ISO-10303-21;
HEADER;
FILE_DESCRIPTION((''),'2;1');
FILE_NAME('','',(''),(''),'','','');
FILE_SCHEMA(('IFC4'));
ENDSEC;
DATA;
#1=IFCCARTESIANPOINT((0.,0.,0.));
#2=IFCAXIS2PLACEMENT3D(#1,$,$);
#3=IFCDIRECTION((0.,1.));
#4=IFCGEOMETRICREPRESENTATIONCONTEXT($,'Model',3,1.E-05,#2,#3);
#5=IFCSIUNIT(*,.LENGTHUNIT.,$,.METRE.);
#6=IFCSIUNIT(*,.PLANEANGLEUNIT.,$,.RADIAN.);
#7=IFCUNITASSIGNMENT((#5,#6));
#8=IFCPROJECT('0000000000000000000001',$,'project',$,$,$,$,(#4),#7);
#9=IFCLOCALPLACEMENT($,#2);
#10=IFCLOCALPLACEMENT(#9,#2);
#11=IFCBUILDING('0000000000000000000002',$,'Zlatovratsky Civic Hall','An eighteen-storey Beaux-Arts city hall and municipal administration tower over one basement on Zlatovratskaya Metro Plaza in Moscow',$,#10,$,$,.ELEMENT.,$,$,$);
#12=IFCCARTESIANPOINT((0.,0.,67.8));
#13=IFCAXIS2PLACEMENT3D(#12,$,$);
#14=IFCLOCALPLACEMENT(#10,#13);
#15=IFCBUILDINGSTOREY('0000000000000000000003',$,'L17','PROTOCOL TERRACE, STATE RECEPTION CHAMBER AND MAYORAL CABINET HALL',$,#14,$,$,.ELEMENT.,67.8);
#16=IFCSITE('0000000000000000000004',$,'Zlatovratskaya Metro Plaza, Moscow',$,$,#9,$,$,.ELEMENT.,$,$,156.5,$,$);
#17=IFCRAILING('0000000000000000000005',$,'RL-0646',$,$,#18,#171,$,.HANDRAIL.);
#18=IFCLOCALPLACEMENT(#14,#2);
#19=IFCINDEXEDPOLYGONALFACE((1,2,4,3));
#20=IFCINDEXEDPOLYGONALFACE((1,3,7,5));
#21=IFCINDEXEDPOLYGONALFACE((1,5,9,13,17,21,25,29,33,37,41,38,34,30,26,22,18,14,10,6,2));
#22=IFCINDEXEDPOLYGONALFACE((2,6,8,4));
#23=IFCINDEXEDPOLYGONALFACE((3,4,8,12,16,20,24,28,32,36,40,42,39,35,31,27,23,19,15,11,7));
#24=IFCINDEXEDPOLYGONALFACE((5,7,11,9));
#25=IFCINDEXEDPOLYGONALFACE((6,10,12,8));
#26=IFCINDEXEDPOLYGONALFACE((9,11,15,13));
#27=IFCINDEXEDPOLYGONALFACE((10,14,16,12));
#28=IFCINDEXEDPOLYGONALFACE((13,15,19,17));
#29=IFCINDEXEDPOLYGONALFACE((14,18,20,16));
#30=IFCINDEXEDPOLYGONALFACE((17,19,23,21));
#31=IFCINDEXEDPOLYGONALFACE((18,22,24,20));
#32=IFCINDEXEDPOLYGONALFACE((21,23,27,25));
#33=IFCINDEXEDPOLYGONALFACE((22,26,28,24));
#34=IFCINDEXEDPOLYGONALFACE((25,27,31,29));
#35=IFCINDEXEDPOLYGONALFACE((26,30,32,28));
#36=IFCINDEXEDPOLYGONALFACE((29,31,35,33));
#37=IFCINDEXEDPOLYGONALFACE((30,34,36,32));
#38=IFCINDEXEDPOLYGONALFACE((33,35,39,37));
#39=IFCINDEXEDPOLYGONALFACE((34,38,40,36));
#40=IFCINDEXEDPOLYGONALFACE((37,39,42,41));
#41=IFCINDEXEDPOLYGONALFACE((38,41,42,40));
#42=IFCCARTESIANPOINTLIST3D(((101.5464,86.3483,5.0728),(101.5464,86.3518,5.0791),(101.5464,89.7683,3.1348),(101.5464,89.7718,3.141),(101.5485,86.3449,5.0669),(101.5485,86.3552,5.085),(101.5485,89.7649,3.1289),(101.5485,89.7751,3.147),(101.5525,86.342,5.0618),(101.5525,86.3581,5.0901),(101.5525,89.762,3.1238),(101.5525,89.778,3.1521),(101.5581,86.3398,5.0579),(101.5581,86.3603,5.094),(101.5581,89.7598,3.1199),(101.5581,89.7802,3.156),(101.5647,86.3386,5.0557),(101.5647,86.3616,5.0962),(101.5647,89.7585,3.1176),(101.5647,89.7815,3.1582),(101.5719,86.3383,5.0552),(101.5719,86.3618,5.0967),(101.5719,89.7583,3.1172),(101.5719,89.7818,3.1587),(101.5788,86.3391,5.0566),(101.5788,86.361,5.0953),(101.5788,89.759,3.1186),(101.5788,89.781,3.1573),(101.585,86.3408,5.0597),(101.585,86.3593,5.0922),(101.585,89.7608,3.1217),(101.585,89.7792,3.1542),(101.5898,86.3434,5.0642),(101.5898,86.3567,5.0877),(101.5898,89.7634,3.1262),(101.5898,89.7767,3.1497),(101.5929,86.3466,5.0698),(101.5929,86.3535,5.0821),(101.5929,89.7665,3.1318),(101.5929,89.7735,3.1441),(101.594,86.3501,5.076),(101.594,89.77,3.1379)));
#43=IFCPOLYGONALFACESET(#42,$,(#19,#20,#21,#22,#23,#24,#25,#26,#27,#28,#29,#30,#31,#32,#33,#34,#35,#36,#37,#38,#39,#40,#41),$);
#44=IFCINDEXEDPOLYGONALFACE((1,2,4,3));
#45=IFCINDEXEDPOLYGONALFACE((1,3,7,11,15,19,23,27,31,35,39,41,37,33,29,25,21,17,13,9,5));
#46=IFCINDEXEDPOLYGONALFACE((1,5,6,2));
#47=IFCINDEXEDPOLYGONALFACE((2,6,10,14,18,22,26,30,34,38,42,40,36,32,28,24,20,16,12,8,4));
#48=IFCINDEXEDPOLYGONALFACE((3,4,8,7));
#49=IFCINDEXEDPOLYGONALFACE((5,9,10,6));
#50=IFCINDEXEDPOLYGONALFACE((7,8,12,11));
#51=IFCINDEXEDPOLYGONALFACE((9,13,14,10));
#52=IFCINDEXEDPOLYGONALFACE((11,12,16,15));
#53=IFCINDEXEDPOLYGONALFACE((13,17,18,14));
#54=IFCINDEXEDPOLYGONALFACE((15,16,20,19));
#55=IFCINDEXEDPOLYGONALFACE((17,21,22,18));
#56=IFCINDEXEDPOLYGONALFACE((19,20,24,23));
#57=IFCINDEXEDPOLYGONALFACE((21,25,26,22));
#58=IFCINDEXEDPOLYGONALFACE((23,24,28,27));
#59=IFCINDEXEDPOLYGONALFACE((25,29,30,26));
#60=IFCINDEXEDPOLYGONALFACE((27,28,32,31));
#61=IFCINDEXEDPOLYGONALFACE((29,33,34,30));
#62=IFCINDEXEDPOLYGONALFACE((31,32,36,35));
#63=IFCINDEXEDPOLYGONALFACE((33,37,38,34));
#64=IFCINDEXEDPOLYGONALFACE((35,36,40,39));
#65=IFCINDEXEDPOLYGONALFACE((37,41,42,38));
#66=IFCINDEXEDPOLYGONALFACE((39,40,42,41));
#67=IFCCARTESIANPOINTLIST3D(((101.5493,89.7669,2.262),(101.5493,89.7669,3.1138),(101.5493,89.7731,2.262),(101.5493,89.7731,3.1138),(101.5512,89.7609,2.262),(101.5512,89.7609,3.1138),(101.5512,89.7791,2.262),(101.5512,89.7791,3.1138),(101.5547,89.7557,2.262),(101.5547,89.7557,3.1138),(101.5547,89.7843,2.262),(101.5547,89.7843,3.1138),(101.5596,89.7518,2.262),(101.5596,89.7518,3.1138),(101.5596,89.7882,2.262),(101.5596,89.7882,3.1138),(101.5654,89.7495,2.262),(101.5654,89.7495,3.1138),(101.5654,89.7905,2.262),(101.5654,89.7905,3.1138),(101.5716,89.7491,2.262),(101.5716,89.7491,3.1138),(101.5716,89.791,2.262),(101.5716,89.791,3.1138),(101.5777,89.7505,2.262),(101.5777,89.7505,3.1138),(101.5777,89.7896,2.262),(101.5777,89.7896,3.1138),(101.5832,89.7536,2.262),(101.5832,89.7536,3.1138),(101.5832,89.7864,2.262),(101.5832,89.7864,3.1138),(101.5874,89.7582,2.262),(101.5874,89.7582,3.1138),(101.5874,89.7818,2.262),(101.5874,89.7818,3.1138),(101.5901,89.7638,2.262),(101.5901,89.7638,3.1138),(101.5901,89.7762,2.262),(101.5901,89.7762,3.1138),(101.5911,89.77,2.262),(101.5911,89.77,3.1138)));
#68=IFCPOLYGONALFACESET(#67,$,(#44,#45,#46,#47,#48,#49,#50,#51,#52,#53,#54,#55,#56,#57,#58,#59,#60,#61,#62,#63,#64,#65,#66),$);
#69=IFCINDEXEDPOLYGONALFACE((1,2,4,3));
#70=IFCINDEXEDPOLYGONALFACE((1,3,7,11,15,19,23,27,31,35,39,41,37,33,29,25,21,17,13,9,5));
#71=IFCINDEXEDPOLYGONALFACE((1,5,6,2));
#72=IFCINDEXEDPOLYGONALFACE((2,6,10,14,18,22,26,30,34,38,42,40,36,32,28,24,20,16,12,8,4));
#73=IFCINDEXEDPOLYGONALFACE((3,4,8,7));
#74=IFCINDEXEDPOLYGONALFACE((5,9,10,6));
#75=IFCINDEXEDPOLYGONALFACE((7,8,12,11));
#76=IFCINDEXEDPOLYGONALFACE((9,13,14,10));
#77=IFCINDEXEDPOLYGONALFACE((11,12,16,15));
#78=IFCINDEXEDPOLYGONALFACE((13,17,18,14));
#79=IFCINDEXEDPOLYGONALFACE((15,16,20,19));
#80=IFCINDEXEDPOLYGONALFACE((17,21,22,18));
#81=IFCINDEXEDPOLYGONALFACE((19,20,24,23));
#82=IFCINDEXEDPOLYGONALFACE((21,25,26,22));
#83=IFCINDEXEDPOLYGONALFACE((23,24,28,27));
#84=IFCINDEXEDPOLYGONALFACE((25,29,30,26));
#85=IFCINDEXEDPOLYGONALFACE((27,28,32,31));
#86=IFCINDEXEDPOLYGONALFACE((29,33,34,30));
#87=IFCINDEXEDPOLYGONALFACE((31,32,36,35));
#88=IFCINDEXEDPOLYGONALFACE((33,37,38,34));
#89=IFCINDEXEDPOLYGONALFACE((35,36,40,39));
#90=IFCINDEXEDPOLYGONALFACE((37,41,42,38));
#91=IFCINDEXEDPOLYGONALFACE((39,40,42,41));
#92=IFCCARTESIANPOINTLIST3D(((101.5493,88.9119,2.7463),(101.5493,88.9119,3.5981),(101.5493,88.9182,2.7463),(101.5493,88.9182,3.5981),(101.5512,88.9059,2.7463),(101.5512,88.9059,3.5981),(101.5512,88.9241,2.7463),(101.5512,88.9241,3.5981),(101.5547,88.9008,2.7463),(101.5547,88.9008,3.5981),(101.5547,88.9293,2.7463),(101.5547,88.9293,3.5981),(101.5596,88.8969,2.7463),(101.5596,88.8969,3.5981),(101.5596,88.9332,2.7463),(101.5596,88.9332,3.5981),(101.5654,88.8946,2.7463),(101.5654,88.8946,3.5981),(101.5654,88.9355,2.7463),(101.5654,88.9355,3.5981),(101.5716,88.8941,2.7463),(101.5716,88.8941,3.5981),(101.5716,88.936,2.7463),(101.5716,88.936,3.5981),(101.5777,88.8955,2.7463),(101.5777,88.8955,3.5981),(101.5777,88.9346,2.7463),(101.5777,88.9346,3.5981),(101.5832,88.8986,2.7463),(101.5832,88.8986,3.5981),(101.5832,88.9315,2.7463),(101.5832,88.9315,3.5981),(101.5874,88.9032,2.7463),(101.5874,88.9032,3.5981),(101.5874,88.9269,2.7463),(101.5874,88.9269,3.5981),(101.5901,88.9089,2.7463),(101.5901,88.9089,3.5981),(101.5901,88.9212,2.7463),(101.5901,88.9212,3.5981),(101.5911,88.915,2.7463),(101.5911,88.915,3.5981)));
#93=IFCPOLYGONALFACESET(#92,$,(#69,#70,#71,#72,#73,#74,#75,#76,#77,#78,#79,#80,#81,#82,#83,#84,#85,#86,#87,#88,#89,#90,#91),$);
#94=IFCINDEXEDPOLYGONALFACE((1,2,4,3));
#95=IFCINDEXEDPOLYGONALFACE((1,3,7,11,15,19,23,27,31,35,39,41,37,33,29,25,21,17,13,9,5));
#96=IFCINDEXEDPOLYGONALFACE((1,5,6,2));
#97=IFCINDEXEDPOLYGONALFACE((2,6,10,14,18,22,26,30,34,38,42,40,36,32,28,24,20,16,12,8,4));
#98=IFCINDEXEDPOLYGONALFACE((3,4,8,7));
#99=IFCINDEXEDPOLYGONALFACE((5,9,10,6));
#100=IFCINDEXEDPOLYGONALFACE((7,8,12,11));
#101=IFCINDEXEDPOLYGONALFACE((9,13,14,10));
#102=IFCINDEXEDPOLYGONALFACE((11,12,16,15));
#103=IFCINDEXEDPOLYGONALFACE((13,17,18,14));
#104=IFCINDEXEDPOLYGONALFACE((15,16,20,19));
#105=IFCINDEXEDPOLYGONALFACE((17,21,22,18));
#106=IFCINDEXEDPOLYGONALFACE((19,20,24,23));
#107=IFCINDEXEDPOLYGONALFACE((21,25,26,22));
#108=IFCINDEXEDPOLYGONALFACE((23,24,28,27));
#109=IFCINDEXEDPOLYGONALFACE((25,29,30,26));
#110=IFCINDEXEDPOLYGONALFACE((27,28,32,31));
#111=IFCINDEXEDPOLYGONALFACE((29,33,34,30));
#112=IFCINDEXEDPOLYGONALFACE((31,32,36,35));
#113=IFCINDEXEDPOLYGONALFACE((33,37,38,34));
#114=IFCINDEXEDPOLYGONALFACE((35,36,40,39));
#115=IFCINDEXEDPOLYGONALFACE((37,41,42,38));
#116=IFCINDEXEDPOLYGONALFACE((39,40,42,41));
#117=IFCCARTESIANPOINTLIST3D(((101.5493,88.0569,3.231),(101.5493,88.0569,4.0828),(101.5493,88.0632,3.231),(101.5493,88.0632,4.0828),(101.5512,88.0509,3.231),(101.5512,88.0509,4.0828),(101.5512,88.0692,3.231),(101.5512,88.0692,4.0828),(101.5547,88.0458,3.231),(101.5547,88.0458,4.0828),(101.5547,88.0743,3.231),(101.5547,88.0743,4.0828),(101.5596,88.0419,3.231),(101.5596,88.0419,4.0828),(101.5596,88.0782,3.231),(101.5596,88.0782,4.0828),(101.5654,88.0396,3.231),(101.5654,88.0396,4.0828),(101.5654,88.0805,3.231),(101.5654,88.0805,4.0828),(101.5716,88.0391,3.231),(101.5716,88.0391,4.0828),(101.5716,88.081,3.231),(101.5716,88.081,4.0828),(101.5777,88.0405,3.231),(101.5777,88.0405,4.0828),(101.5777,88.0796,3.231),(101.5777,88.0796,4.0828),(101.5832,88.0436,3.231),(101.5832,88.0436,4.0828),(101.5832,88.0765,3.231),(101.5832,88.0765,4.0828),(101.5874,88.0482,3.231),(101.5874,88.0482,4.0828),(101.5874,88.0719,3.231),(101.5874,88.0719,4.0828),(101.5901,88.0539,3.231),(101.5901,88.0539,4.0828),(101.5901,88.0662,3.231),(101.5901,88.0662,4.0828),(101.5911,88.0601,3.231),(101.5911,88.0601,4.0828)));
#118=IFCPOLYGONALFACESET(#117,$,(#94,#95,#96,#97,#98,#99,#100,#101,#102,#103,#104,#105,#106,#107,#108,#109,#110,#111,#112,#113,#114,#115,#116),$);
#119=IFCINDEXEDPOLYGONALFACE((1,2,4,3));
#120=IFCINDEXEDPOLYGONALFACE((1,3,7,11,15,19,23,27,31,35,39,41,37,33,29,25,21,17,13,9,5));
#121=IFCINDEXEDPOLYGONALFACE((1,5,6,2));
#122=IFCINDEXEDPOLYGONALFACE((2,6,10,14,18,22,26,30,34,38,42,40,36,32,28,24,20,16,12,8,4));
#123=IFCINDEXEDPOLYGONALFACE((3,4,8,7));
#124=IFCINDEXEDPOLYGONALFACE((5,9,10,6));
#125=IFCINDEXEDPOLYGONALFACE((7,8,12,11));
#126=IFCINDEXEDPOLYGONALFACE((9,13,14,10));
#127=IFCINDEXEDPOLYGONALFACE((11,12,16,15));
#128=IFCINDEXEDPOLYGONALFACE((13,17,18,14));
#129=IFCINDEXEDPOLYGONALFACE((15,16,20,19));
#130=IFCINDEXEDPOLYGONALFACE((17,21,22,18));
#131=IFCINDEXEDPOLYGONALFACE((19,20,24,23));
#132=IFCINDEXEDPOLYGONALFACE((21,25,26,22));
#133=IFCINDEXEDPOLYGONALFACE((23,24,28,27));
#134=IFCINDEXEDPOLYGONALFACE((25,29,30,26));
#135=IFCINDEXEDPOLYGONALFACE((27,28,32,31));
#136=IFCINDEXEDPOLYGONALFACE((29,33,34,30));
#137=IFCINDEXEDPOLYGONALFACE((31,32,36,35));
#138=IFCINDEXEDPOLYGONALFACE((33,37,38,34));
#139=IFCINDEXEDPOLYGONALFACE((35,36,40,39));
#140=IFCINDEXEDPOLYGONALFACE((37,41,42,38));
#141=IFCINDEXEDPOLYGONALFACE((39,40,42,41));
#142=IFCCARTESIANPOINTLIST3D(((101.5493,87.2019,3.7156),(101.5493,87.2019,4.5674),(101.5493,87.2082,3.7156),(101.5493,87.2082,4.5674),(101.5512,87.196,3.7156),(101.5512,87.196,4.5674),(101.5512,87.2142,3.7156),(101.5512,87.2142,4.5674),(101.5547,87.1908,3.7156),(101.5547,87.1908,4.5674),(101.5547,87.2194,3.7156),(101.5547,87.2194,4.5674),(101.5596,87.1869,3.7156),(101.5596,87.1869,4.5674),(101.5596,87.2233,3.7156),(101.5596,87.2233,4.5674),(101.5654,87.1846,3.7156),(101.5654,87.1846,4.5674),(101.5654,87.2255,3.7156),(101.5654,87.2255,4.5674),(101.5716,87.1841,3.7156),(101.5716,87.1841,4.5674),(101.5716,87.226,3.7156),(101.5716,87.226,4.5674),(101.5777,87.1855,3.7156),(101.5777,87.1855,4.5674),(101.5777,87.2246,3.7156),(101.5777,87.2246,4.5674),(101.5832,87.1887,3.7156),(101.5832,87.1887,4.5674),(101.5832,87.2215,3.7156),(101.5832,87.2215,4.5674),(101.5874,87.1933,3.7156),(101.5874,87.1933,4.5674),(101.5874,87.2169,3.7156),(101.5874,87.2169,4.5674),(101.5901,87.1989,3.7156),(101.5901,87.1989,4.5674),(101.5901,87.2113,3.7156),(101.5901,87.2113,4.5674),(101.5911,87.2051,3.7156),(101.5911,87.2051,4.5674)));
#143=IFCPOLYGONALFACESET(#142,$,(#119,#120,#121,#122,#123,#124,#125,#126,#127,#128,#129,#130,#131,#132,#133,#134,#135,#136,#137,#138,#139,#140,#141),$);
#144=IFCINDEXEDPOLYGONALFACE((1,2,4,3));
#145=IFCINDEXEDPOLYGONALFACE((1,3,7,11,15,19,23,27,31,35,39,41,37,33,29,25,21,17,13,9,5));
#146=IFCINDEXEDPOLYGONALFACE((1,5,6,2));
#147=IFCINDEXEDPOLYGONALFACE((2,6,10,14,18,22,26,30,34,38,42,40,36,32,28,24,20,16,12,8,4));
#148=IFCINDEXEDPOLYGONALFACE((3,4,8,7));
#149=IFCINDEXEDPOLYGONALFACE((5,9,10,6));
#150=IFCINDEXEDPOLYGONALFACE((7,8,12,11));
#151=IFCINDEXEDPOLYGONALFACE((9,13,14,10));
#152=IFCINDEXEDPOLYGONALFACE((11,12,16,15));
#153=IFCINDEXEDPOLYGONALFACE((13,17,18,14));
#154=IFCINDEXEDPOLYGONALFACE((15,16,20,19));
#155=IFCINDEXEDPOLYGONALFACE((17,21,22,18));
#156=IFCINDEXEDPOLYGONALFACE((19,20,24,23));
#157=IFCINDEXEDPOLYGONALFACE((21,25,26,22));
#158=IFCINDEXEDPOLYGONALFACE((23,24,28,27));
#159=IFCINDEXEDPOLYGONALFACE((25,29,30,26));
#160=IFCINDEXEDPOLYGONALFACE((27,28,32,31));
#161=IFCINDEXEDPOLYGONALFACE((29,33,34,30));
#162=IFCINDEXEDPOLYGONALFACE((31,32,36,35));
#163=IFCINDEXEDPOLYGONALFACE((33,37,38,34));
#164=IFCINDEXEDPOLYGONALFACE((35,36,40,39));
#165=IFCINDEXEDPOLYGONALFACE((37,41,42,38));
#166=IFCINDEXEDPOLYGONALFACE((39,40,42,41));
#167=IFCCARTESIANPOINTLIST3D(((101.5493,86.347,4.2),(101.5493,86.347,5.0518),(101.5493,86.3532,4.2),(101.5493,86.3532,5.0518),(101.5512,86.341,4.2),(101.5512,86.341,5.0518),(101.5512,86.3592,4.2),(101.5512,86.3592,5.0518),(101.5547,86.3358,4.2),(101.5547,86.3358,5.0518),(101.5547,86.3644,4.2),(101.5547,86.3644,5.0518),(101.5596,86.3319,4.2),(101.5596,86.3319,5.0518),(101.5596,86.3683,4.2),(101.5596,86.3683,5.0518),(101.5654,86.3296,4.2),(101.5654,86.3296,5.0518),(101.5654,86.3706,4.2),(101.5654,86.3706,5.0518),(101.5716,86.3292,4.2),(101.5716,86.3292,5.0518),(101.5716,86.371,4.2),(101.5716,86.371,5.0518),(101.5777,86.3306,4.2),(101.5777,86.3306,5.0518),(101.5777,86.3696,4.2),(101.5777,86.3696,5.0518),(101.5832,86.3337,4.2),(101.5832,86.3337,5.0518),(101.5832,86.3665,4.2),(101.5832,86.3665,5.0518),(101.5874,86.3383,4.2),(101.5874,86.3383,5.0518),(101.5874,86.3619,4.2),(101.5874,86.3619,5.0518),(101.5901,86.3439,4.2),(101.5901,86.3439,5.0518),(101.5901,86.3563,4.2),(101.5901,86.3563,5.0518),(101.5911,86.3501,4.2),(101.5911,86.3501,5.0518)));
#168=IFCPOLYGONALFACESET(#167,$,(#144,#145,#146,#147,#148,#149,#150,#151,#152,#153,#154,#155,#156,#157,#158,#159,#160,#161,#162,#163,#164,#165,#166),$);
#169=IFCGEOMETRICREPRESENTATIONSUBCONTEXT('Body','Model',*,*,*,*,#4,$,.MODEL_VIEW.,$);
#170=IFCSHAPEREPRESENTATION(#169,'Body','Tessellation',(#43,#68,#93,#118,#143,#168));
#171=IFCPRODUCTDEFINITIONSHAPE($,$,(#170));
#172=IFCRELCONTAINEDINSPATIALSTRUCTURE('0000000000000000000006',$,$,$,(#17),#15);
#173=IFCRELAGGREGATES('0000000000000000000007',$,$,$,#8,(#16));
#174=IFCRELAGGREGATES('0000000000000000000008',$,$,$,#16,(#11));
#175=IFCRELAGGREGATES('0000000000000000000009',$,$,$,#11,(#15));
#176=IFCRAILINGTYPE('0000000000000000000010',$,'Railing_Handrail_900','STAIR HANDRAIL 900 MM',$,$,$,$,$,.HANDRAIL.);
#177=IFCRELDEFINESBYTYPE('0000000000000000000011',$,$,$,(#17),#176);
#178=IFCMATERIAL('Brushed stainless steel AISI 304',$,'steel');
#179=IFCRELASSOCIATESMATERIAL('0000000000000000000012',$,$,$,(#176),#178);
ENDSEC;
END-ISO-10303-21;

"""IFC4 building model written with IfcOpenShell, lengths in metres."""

from ifc_helpers import new_model, si_unit, direction, frame, origin, origin_2d, place, context, subcontext, project, spatial, circle, extrude, material, type_object, element, save


model = new_model("IFC4")

# Units and contexts
model_context = context("Model", 3, precision=1e-05, world=origin(), true_north=direction((0.0, 1.0)))
body_context = subcontext(model_context, "Body", "Model", "MODEL_VIEW")
ifc_project = project(units=[si_unit("LENGTHUNIT", "METRE"), si_unit("PLANEANGLEUNIT", "RADIAN")], contexts=[model_context])

# Site, building, storey
site_placement = place(None, origin())
site = spatial("IfcSite", under=ifc_project, at=site_placement, Name="Zlatovratskaya Metro Plaza, Moscow", CompositionType="ELEMENT", RefElevation=156.5)
building_placement = place(site_placement, origin())
building = spatial("IfcBuilding", under=site, at=building_placement, Name="Zlatovratsky Civic Hall", Description="An eighteen-storey Beaux-Arts city hall and municipal administration tower over one basement on Zlatovratskaya Metro Plaza in Moscow", CompositionType="ELEMENT")
storey_placement = place(building_placement, frame((0.0, 0.0, 67.8)))
storey = spatial("IfcBuildingStorey", under=building, at=storey_placement, Name="L17", Description="PROTOCOL TERRACE, STATE RECEPTION CHAMBER AND MAYORAL CABINET HALL", CompositionType="ELEMENT", Elevation=67.8)

# Railing
ifc_material_1 = material(Name="Brushed stainless steel AISI 304", Category="steel")
railing_type = type_object("IfcRailingType", Name="Railing_Handrail_900", Description="STAIR HANDRAIL 900 MM", PredefinedType="HANDRAIL", material=ifc_material_1)
railing_placement = place(storey_placement, frame((101.5701, 89.77, 2.262)))
element("IfcRailing", 1, at=railing_placement, inside=storey, type_object=railing_type, Name="RL-0646", PredefinedType="HANDRAIL", context=body_context, shape_type="SweptSolid", body=[
    extrude(circle(Radius=0.0239, at=origin_2d()), frame((0.0, 0.0, 0.876), z_axis=(0.0, -0.870019, 0.493019), x_axis=(1.0, 0.0, 0.0)), (0.0, 0.0, 1.0), 3.9309),
    extrude(circle(Radius=0.021, at=origin_2d()), origin(), (0.0, 0.0, 1.0), 0.8518),
    extrude(circle(Radius=0.021, at=origin_2d()), frame((0.0, -0.855, 0.4844)), (0.0, 0.0, 1.0), 0.8518),
    extrude(circle(Radius=0.021, at=origin_2d()), frame((0.0, -1.71, 0.969)), (0.0, 0.0, 1.0), 0.8518),
    extrude(circle(Radius=0.021, at=origin_2d()), frame((0.0, -2.5649, 1.4536)), (0.0, 0.0, 1.0), 0.8518),
    extrude(circle(Radius=0.021, at=origin_2d()), frame((0.0, -3.4199, 1.938)), (0.0, 0.0, 1.0), 0.8518),
])

save(model, "model.ifc")
